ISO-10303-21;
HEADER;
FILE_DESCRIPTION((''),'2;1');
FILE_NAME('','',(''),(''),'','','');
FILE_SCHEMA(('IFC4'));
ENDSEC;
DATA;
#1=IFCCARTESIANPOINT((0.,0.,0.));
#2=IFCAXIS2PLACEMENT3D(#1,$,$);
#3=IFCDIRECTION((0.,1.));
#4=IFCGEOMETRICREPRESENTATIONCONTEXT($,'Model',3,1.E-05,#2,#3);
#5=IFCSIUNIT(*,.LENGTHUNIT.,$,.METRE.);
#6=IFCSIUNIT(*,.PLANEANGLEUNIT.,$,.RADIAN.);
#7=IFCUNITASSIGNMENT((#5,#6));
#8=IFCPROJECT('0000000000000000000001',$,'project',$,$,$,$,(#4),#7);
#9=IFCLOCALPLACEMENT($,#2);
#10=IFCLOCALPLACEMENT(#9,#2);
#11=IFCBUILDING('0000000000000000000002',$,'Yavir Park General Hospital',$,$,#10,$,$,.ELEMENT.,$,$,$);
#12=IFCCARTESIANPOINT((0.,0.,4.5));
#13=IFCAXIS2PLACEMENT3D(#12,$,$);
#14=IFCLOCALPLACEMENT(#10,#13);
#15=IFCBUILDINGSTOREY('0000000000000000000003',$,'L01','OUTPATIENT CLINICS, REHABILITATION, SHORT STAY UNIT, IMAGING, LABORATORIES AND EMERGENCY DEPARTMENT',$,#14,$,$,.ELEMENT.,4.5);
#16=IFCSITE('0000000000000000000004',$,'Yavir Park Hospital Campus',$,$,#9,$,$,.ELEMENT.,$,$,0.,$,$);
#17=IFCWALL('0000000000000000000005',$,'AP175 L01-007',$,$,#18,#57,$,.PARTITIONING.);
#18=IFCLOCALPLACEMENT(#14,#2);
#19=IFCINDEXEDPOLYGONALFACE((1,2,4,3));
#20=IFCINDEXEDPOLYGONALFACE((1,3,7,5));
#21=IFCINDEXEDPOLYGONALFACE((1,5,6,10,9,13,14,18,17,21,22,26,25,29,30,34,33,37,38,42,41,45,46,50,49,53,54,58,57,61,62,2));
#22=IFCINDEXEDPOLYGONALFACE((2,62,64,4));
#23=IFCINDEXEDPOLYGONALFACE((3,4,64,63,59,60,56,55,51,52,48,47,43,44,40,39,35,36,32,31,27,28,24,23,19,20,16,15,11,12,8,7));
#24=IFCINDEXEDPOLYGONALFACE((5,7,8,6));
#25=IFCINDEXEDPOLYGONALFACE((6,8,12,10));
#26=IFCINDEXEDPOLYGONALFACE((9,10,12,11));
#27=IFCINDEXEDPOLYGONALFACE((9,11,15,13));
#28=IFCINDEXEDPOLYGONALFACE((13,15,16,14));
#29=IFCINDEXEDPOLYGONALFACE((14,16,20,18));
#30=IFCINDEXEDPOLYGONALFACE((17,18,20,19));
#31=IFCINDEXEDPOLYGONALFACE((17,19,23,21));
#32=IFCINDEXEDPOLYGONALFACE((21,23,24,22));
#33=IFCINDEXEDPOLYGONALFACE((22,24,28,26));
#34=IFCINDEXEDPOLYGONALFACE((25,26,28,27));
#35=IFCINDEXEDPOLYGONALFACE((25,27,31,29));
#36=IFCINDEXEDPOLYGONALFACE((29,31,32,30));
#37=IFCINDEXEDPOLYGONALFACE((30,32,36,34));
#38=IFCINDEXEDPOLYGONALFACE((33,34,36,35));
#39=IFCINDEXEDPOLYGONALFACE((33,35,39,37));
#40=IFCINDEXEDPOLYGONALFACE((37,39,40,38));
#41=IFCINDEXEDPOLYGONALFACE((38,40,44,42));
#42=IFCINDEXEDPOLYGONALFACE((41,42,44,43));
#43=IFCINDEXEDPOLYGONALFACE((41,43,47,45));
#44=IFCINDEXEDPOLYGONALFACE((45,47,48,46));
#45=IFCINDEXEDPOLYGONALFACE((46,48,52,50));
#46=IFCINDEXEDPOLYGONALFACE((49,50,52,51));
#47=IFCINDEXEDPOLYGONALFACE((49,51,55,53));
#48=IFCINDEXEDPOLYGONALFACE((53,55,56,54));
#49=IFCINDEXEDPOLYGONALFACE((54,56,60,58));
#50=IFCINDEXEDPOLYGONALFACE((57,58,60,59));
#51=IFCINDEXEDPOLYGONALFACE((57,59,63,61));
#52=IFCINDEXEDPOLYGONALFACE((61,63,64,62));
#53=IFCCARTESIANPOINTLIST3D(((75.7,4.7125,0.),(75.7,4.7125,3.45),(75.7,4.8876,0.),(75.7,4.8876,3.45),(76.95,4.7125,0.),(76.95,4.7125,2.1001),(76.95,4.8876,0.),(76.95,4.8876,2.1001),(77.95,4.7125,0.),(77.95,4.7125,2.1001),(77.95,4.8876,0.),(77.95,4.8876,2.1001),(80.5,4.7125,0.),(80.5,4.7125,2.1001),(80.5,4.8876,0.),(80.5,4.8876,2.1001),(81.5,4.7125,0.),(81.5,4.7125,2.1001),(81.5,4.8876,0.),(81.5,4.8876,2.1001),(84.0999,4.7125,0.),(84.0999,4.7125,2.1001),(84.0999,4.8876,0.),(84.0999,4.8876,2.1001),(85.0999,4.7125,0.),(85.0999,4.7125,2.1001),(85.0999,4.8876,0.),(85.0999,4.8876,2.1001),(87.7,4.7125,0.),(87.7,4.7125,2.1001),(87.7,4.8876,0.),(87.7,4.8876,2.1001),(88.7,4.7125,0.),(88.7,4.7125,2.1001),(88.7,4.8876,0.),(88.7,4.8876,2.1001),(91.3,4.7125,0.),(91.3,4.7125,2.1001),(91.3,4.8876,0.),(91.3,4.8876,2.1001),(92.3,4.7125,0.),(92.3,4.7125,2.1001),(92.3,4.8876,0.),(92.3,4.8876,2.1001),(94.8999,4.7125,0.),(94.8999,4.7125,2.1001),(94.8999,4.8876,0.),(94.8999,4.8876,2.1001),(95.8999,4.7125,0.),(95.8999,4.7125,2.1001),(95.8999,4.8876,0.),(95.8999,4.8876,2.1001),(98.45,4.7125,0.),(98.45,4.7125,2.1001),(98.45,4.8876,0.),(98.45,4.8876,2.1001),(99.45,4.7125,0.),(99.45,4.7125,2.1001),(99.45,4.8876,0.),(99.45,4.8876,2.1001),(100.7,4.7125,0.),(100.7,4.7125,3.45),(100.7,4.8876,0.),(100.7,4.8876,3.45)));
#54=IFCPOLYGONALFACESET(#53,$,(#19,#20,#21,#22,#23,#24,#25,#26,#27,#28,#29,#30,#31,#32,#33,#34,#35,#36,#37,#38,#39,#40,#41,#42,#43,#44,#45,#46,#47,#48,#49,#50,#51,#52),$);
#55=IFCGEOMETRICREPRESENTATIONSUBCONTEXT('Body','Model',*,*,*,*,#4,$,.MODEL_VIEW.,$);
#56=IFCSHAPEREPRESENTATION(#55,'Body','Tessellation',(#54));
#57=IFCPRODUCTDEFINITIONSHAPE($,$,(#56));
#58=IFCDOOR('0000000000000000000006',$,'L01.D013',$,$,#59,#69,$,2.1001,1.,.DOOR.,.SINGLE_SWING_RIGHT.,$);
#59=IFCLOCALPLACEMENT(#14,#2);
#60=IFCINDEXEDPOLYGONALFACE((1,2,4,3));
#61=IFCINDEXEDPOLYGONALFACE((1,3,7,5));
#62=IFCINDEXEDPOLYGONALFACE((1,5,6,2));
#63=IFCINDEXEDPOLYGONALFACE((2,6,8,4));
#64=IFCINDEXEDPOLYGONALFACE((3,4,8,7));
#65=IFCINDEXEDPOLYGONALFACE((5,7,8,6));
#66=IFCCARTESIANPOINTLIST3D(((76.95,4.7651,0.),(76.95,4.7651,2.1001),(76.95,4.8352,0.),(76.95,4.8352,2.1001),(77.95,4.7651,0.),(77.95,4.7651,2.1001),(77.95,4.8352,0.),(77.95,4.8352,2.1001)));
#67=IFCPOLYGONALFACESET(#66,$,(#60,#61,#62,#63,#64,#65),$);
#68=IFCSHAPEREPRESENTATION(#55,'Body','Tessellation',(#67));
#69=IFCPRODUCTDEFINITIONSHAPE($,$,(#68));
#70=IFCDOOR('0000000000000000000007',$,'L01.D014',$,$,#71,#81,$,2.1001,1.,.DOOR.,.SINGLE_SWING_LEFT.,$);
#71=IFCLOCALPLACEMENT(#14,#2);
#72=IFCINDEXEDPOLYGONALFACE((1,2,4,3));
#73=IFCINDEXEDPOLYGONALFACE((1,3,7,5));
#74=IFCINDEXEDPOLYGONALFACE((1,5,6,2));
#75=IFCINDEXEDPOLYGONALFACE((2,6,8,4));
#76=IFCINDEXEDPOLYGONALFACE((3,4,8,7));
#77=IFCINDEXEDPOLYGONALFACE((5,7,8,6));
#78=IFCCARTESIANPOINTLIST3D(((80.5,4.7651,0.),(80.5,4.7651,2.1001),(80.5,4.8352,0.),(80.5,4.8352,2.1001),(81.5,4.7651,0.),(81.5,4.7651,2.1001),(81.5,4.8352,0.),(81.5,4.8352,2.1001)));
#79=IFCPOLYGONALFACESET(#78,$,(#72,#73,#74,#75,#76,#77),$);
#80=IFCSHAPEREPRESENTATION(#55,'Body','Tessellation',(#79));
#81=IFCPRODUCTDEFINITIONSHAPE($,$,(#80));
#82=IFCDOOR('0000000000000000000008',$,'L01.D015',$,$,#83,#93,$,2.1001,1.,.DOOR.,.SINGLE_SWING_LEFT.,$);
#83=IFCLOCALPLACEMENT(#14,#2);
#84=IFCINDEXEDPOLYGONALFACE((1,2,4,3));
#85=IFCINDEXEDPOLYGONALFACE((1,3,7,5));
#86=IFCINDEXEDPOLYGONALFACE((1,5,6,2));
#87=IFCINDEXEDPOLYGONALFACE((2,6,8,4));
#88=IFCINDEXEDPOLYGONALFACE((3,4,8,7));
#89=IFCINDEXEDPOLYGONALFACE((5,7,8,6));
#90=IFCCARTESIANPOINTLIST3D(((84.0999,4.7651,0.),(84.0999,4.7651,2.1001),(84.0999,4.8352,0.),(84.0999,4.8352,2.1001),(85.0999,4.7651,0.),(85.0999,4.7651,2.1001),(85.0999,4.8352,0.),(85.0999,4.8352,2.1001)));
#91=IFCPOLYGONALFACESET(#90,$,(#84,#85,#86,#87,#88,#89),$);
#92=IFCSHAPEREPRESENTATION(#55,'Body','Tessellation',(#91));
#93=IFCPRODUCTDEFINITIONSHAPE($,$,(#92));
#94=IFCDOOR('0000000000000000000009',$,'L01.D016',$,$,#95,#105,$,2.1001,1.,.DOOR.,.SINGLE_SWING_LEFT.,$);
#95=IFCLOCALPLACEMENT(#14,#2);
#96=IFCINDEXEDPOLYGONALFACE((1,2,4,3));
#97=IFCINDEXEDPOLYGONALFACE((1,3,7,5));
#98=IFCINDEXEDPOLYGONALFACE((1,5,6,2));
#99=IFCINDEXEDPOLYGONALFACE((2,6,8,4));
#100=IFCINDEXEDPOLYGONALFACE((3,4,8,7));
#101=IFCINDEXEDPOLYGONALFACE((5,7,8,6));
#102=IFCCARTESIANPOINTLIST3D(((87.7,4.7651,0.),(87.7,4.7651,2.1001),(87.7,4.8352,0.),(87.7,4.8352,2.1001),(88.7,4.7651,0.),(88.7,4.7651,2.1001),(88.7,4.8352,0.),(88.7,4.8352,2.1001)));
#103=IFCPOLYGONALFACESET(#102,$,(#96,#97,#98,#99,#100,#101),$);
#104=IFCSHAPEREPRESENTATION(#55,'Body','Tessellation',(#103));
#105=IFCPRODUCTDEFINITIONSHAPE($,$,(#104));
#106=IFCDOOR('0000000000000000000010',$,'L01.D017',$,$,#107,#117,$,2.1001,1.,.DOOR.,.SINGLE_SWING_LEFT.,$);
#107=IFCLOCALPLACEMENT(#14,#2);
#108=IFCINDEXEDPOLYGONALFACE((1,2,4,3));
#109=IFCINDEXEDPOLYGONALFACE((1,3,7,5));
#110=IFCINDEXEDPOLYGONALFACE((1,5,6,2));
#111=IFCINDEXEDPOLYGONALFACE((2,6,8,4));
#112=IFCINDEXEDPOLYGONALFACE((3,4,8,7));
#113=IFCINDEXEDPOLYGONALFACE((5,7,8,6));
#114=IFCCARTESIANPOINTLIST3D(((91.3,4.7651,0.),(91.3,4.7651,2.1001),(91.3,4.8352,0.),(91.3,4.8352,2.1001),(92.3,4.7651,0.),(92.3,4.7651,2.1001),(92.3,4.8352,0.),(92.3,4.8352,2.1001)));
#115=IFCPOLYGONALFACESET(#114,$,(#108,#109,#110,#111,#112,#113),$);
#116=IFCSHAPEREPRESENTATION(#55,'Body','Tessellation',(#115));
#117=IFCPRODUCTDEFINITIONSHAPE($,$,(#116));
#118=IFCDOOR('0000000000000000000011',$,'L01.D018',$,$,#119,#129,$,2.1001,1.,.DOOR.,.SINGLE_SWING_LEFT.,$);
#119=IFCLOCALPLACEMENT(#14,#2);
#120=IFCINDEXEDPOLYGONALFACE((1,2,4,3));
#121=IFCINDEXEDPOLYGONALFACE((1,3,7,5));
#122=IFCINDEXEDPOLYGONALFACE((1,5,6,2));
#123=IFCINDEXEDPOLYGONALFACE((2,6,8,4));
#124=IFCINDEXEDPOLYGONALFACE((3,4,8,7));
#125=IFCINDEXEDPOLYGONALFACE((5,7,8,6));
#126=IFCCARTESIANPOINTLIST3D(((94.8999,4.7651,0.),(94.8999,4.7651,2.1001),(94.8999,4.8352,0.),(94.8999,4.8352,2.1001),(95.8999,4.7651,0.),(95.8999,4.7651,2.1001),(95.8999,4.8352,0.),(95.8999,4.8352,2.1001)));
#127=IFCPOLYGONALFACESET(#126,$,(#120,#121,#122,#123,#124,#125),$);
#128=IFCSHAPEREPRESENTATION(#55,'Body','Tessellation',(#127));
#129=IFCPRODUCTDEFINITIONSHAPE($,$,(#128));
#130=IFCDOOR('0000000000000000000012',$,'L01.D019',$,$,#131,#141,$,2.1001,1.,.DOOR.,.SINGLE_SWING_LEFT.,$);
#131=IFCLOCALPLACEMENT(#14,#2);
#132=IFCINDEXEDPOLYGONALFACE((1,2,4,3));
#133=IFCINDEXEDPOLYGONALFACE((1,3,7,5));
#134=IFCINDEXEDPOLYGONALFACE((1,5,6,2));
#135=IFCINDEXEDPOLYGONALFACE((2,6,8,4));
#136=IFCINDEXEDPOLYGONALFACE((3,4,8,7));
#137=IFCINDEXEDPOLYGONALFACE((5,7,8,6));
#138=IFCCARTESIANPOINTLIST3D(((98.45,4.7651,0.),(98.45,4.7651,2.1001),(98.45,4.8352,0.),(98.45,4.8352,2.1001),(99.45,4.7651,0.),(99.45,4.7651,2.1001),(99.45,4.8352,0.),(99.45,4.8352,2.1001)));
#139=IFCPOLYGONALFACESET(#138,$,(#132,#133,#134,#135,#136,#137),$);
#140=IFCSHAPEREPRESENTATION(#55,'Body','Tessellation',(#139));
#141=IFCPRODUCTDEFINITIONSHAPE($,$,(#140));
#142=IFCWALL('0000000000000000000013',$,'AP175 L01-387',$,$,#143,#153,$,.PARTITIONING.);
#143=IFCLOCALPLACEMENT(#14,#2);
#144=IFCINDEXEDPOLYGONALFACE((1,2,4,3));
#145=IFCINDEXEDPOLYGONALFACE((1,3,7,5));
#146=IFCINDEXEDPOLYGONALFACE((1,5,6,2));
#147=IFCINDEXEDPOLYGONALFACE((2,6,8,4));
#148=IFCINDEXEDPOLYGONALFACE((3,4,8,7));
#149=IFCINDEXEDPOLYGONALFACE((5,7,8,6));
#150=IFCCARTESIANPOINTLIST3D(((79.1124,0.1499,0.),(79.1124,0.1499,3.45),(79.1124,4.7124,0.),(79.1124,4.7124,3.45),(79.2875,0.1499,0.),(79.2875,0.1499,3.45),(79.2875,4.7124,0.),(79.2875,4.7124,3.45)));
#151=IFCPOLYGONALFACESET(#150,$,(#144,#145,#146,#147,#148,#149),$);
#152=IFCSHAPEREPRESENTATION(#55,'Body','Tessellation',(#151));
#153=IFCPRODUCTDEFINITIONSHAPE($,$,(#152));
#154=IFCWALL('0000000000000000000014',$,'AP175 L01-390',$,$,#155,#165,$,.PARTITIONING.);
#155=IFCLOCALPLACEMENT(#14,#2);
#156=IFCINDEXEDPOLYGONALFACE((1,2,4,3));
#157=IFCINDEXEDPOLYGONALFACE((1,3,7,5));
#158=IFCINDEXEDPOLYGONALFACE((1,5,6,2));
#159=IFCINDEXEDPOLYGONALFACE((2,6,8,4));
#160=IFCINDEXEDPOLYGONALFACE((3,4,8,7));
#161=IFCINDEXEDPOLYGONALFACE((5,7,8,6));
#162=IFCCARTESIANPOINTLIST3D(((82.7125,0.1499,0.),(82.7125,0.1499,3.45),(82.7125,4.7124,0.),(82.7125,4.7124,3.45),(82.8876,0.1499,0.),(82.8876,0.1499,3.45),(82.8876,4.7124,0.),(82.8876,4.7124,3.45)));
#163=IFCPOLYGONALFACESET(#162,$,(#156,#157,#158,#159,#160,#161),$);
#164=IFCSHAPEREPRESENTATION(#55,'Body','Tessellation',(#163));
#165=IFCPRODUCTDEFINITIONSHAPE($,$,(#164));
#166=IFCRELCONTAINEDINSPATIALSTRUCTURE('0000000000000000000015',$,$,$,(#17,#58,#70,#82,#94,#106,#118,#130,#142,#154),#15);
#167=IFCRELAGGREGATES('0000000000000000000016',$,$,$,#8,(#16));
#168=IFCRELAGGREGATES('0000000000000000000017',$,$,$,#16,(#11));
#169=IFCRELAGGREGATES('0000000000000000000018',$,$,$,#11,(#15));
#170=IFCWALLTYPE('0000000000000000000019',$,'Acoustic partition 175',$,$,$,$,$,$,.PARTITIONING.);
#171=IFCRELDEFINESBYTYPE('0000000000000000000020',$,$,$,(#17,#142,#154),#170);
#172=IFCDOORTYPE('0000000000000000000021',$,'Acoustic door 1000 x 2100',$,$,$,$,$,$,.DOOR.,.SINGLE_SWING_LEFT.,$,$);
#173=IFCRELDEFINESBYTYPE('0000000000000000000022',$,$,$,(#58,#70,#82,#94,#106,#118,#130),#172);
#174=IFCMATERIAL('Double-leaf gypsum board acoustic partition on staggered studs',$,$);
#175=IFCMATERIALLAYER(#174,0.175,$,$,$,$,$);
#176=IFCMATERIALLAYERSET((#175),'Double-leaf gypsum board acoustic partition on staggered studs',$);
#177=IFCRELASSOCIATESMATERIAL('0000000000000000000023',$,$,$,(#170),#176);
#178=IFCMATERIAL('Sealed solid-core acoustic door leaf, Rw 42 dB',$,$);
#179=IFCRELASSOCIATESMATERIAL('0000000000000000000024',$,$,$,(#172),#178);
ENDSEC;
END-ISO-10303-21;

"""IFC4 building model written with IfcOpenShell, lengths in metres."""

from ifc_helpers import new_model, si_unit, direction, frame, frame_2d, origin, place, context, subcontext, project, spatial, rectangle, extrude, material, layer, layer_set, type_object, element, fill, save


model = new_model("IFC4")

# Units and contexts
model_context = context("Model", 3, precision=1e-05, world=origin(), true_north=direction((0.0, 1.0)))
body_context = subcontext(model_context, "Body", "Model", "MODEL_VIEW")
ifc_project = project(units=[si_unit("LENGTHUNIT", "METRE"), si_unit("PLANEANGLEUNIT", "RADIAN")], contexts=[model_context])

# Site, building, storey
site_placement = place(None, origin())
site = spatial("IfcSite", under=ifc_project, at=site_placement, Name="Yavir Park Hospital Campus", CompositionType="ELEMENT", RefElevation=0.0)
building_placement = place(site_placement, origin())
building = spatial("IfcBuilding", under=site, at=building_placement, Name="Yavir Park General Hospital", CompositionType="ELEMENT")
storey_placement = place(building_placement, frame((0.0, 0.0, 4.5)))
storey = spatial("IfcBuildingStorey", under=building, at=storey_placement, Name="L01", Description="OUTPATIENT CLINICS, REHABILITATION, SHORT STAY UNIT, IMAGING, LABORATORIES AND EMERGENCY DEPARTMENT", CompositionType="ELEMENT", Elevation=4.5)

# Wall, openings, doors
ifc_material_1 = material(Name="Double-leaf gypsum board acoustic partition on staggered studs")
ifc_layer_1 = layer(ifc_material_1, 0.175)
ifc_layer_set_1 = layer_set([ifc_layer_1], Name="Double-leaf gypsum board acoustic partition on staggered studs")
wall_type_1 = type_object("IfcWallType", Name="Acoustic partition 175", PredefinedType="PARTITIONING", material=ifc_layer_set_1)
wall_1_placement = place(storey_placement, frame((75.7, 4.8, 0.0), z_axis=(0.0, 0.0, 1.0), x_axis=(1.0, 0.0, 0.0)))
wall_1 = element("IfcWall", 1, at=wall_1_placement, inside=storey, type_object=wall_type_1, Name="AP175 L01-007", PredefinedType="PARTITIONING", context=body_context, shape_type="SweptSolid", body=[
    extrude(rectangle(XDim=25.0, YDim=0.175, at=frame_2d((12.5, 0.0))), origin(), (0.0, 0.0, 1.0), 3.45),
])
opening_1_placement = place(wall_1_placement, frame((1.25, 0.0, 0.0)))
opening_1 = element("IfcOpeningElement", 2, at=opening_1_placement, cuts=wall_1, PredefinedType="OPENING", context=body_context, shape_type="SweptSolid", body=[
    extrude(rectangle(XDim=1.0, YDim=2.1001, at=frame_2d((0.5, 1.05))), frame((0.0, 0.0974, 0.0), z_axis=(0.0, -1.0, 0.0), x_axis=(1.0, 0.0, 0.0)), (0.0, 0.0, 1.0), 0.1951),
])
opening_2_placement = place(wall_1_placement, frame((4.8, 0.0, 0.0)))
opening_2 = element("IfcOpeningElement", 3, at=opening_2_placement, cuts=wall_1, PredefinedType="OPENING", context=body_context, shape_type="SweptSolid", body=[
    extrude(rectangle(XDim=1.0, YDim=2.1001, at=frame_2d((0.5, 1.05))), frame((0.0, 0.0974, 0.0), z_axis=(0.0, -1.0, 0.0), x_axis=(1.0, 0.0, 0.0)), (0.0, 0.0, 1.0), 0.1951),
])
opening_3_placement = place(wall_1_placement, frame((8.3999, 0.0, 0.0)))
opening_3 = element("IfcOpeningElement", 4, at=opening_3_placement, cuts=wall_1, PredefinedType="OPENING", context=body_context, shape_type="SweptSolid", body=[
    extrude(rectangle(XDim=1.0, YDim=2.1001, at=frame_2d((0.5, 1.05))), frame((0.0, 0.0974, 0.0), z_axis=(0.0, -1.0, 0.0), x_axis=(1.0, 0.0, 0.0)), (0.0, 0.0, 1.0), 0.1951),
])
opening_4_placement = place(wall_1_placement, frame((12.0, 0.0, 0.0)))
opening_4 = element("IfcOpeningElement", 5, at=opening_4_placement, cuts=wall_1, PredefinedType="OPENING", context=body_context, shape_type="SweptSolid", body=[
    extrude(rectangle(XDim=1.0, YDim=2.1001, at=frame_2d((0.5, 1.05))), frame((0.0, 0.0974, 0.0), z_axis=(0.0, -1.0, 0.0), x_axis=(1.0, 0.0, 0.0)), (0.0, 0.0, 1.0), 0.1951),
])
opening_5_placement = place(wall_1_placement, frame((15.6001, 0.0, 0.0)))
opening_5 = element("IfcOpeningElement", 6, at=opening_5_placement, cuts=wall_1, PredefinedType="OPENING", context=body_context, shape_type="SweptSolid", body=[
    extrude(rectangle(XDim=1.0, YDim=2.1001, at=frame_2d((0.5, 1.05))), frame((0.0, 0.0974, 0.0), z_axis=(0.0, -1.0, 0.0), x_axis=(1.0, 0.0, 0.0)), (0.0, 0.0, 1.0), 0.1951),
])
opening_6_placement = place(wall_1_placement, frame((19.2, 0.0, 0.0)))
opening_6 = element("IfcOpeningElement", 7, at=opening_6_placement, cuts=wall_1, PredefinedType="OPENING", context=body_context, shape_type="SweptSolid", body=[
    extrude(rectangle(XDim=1.0, YDim=2.1001, at=frame_2d((0.5, 1.05))), frame((0.0, 0.0974, 0.0), z_axis=(0.0, -1.0, 0.0), x_axis=(1.0, 0.0, 0.0)), (0.0, 0.0, 1.0), 0.1951),
])
opening_7_placement = place(wall_1_placement, frame((22.75, 0.0, 0.0)))
opening_7 = element("IfcOpeningElement", 8, at=opening_7_placement, cuts=wall_1, PredefinedType="OPENING", context=body_context, shape_type="SweptSolid", body=[
    extrude(rectangle(XDim=1.0, YDim=2.1001, at=frame_2d((0.5, 1.05))), frame((0.0, 0.0974, 0.0), z_axis=(0.0, -1.0, 0.0), x_axis=(1.0, 0.0, 0.0)), (0.0, 0.0, 1.0), 0.1951),
])
ifc_material_2 = material(Name="Sealed solid-core acoustic door leaf, Rw 42 dB")
door_type_1 = type_object("IfcDoorType", Name="Acoustic door 1000 x 2100", OperationType="SINGLE_SWING_LEFT", PredefinedType="DOOR", material=ifc_material_2)
door_1_placement = place(opening_1_placement, origin())
door_1 = element("IfcDoor", 9, at=door_1_placement, inside=storey, type_object=door_type_1, Name="L01.D013", OperationType="SINGLE_SWING_RIGHT", OverallHeight=2.1001, OverallWidth=1.0, PredefinedType="DOOR", context=body_context, shape_type="SweptSolid", body=[
    extrude(rectangle(XDim=1.0, YDim=2.1001, at=frame_2d((0.5, 1.05))), frame((0.0, 0.0352, 0.0), z_axis=(0.0, -1.0, 0.0), x_axis=(1.0, 0.0, 0.0)), (0.0, 0.0, 1.0), 0.0701),
])
fill(opening_1, door_1)
door_2_placement = place(opening_2_placement, origin())
door_2 = element("IfcDoor", 10, at=door_2_placement, inside=storey, type_object=door_type_1, Name="L01.D014", OperationType="SINGLE_SWING_LEFT", OverallHeight=2.1001, OverallWidth=1.0, PredefinedType="DOOR", context=body_context, shape_type="SweptSolid", body=[
    extrude(rectangle(XDim=1.0, YDim=2.1001, at=frame_2d((0.5, 1.05))), frame((0.0, 0.0352, 0.0), z_axis=(0.0, -1.0, 0.0), x_axis=(1.0, 0.0, 0.0)), (0.0, 0.0, 1.0), 0.0701),
])
fill(opening_2, door_2)
door_3_placement = place(opening_3_placement, origin())
door_3 = element("IfcDoor", 11, at=door_3_placement, inside=storey, type_object=door_type_1, Name="L01.D015", OperationType="SINGLE_SWING_LEFT", OverallHeight=2.1001, OverallWidth=1.0, PredefinedType="DOOR", context=body_context, shape_type="SweptSolid", body=[
    extrude(rectangle(XDim=1.0, YDim=2.1001, at=frame_2d((0.5, 1.05))), frame((0.0, 0.0352, 0.0), z_axis=(0.0, -1.0, 0.0), x_axis=(1.0, 0.0, 0.0)), (0.0, 0.0, 1.0), 0.0701),
])
fill(opening_3, door_3)
door_4_placement = place(opening_4_placement, origin())
door_4 = element("IfcDoor", 12, at=door_4_placement, inside=storey, type_object=door_type_1, Name="L01.D016", OperationType="SINGLE_SWING_LEFT", OverallHeight=2.1001, OverallWidth=1.0, PredefinedType="DOOR", context=body_context, shape_type="SweptSolid", body=[
    extrude(rectangle(XDim=1.0, YDim=2.1001, at=frame_2d((0.5, 1.05))), frame((0.0, 0.0352, 0.0), z_axis=(0.0, -1.0, 0.0), x_axis=(1.0, 0.0, 0.0)), (0.0, 0.0, 1.0), 0.0701),
])
fill(opening_4, door_4)
door_5_placement = place(opening_5_placement, origin())
door_5 = element("IfcDoor", 13, at=door_5_placement, inside=storey, type_object=door_type_1, Name="L01.D017", OperationType="SINGLE_SWING_LEFT", OverallHeight=2.1001, OverallWidth=1.0, PredefinedType="DOOR", context=body_context, shape_type="SweptSolid", body=[
    extrude(rectangle(XDim=1.0, YDim=2.1001, at=frame_2d((0.5, 1.05))), frame((0.0, 0.0352, 0.0), z_axis=(0.0, -1.0, 0.0), x_axis=(1.0, 0.0, 0.0)), (0.0, 0.0, 1.0), 0.0701),
])
fill(opening_5, door_5)
door_6_placement = place(opening_6_placement, origin())
door_6 = element("IfcDoor", 14, at=door_6_placement, inside=storey, type_object=door_type_1, Name="L01.D018", OperationType="SINGLE_SWING_LEFT", OverallHeight=2.1001, OverallWidth=1.0, PredefinedType="DOOR", context=body_context, shape_type="SweptSolid", body=[
    extrude(rectangle(XDim=1.0, YDim=2.1001, at=frame_2d((0.5, 1.05))), frame((0.0, 0.0352, 0.0), z_axis=(0.0, -1.0, 0.0), x_axis=(1.0, 0.0, 0.0)), (0.0, 0.0, 1.0), 0.0701),
])
fill(opening_6, door_6)
door_7_placement = place(opening_7_placement, origin())
door_7 = element("IfcDoor", 15, at=door_7_placement, inside=storey, type_object=door_type_1, Name="L01.D019", OperationType="SINGLE_SWING_LEFT", OverallHeight=2.1001, OverallWidth=1.0, PredefinedType="DOOR", context=body_context, shape_type="SweptSolid", body=[
    extrude(rectangle(XDim=1.0, YDim=2.1001, at=frame_2d((0.5, 1.05))), frame((0.0, 0.0352, 0.0), z_axis=(0.0, -1.0, 0.0), x_axis=(1.0, 0.0, 0.0)), (0.0, 0.0, 1.0), 0.0701),
])
fill(opening_7, door_7)

# Walls
for number, where, z_axis, x_axis, name in (
    (16, (79.2, 0.1499, 0.0), (0.0, 0.0, 1.0), (0.0, 1.0, 0.0), "AP175 L01-387"),
    (17, (82.8, 0.1499, 0.0), (0.0, 0.0, 1.0), (0.0, 1.0, 0.0), "AP175 L01-390"),
):
    element("IfcWall", number, at=place(storey_placement, frame(where, z_axis=z_axis, x_axis=x_axis)), inside=storey, type_object=wall_type_1, Name=name, PredefinedType="PARTITIONING", context=body_context, shape_type="SweptSolid", body=[
        extrude(rectangle(XDim=4.5625, YDim=0.175, at=frame_2d((2.2812, 0.0))), origin(), (0.0, 0.0, 1.0), 3.45),
    ])

save(model, "model.ifc")
